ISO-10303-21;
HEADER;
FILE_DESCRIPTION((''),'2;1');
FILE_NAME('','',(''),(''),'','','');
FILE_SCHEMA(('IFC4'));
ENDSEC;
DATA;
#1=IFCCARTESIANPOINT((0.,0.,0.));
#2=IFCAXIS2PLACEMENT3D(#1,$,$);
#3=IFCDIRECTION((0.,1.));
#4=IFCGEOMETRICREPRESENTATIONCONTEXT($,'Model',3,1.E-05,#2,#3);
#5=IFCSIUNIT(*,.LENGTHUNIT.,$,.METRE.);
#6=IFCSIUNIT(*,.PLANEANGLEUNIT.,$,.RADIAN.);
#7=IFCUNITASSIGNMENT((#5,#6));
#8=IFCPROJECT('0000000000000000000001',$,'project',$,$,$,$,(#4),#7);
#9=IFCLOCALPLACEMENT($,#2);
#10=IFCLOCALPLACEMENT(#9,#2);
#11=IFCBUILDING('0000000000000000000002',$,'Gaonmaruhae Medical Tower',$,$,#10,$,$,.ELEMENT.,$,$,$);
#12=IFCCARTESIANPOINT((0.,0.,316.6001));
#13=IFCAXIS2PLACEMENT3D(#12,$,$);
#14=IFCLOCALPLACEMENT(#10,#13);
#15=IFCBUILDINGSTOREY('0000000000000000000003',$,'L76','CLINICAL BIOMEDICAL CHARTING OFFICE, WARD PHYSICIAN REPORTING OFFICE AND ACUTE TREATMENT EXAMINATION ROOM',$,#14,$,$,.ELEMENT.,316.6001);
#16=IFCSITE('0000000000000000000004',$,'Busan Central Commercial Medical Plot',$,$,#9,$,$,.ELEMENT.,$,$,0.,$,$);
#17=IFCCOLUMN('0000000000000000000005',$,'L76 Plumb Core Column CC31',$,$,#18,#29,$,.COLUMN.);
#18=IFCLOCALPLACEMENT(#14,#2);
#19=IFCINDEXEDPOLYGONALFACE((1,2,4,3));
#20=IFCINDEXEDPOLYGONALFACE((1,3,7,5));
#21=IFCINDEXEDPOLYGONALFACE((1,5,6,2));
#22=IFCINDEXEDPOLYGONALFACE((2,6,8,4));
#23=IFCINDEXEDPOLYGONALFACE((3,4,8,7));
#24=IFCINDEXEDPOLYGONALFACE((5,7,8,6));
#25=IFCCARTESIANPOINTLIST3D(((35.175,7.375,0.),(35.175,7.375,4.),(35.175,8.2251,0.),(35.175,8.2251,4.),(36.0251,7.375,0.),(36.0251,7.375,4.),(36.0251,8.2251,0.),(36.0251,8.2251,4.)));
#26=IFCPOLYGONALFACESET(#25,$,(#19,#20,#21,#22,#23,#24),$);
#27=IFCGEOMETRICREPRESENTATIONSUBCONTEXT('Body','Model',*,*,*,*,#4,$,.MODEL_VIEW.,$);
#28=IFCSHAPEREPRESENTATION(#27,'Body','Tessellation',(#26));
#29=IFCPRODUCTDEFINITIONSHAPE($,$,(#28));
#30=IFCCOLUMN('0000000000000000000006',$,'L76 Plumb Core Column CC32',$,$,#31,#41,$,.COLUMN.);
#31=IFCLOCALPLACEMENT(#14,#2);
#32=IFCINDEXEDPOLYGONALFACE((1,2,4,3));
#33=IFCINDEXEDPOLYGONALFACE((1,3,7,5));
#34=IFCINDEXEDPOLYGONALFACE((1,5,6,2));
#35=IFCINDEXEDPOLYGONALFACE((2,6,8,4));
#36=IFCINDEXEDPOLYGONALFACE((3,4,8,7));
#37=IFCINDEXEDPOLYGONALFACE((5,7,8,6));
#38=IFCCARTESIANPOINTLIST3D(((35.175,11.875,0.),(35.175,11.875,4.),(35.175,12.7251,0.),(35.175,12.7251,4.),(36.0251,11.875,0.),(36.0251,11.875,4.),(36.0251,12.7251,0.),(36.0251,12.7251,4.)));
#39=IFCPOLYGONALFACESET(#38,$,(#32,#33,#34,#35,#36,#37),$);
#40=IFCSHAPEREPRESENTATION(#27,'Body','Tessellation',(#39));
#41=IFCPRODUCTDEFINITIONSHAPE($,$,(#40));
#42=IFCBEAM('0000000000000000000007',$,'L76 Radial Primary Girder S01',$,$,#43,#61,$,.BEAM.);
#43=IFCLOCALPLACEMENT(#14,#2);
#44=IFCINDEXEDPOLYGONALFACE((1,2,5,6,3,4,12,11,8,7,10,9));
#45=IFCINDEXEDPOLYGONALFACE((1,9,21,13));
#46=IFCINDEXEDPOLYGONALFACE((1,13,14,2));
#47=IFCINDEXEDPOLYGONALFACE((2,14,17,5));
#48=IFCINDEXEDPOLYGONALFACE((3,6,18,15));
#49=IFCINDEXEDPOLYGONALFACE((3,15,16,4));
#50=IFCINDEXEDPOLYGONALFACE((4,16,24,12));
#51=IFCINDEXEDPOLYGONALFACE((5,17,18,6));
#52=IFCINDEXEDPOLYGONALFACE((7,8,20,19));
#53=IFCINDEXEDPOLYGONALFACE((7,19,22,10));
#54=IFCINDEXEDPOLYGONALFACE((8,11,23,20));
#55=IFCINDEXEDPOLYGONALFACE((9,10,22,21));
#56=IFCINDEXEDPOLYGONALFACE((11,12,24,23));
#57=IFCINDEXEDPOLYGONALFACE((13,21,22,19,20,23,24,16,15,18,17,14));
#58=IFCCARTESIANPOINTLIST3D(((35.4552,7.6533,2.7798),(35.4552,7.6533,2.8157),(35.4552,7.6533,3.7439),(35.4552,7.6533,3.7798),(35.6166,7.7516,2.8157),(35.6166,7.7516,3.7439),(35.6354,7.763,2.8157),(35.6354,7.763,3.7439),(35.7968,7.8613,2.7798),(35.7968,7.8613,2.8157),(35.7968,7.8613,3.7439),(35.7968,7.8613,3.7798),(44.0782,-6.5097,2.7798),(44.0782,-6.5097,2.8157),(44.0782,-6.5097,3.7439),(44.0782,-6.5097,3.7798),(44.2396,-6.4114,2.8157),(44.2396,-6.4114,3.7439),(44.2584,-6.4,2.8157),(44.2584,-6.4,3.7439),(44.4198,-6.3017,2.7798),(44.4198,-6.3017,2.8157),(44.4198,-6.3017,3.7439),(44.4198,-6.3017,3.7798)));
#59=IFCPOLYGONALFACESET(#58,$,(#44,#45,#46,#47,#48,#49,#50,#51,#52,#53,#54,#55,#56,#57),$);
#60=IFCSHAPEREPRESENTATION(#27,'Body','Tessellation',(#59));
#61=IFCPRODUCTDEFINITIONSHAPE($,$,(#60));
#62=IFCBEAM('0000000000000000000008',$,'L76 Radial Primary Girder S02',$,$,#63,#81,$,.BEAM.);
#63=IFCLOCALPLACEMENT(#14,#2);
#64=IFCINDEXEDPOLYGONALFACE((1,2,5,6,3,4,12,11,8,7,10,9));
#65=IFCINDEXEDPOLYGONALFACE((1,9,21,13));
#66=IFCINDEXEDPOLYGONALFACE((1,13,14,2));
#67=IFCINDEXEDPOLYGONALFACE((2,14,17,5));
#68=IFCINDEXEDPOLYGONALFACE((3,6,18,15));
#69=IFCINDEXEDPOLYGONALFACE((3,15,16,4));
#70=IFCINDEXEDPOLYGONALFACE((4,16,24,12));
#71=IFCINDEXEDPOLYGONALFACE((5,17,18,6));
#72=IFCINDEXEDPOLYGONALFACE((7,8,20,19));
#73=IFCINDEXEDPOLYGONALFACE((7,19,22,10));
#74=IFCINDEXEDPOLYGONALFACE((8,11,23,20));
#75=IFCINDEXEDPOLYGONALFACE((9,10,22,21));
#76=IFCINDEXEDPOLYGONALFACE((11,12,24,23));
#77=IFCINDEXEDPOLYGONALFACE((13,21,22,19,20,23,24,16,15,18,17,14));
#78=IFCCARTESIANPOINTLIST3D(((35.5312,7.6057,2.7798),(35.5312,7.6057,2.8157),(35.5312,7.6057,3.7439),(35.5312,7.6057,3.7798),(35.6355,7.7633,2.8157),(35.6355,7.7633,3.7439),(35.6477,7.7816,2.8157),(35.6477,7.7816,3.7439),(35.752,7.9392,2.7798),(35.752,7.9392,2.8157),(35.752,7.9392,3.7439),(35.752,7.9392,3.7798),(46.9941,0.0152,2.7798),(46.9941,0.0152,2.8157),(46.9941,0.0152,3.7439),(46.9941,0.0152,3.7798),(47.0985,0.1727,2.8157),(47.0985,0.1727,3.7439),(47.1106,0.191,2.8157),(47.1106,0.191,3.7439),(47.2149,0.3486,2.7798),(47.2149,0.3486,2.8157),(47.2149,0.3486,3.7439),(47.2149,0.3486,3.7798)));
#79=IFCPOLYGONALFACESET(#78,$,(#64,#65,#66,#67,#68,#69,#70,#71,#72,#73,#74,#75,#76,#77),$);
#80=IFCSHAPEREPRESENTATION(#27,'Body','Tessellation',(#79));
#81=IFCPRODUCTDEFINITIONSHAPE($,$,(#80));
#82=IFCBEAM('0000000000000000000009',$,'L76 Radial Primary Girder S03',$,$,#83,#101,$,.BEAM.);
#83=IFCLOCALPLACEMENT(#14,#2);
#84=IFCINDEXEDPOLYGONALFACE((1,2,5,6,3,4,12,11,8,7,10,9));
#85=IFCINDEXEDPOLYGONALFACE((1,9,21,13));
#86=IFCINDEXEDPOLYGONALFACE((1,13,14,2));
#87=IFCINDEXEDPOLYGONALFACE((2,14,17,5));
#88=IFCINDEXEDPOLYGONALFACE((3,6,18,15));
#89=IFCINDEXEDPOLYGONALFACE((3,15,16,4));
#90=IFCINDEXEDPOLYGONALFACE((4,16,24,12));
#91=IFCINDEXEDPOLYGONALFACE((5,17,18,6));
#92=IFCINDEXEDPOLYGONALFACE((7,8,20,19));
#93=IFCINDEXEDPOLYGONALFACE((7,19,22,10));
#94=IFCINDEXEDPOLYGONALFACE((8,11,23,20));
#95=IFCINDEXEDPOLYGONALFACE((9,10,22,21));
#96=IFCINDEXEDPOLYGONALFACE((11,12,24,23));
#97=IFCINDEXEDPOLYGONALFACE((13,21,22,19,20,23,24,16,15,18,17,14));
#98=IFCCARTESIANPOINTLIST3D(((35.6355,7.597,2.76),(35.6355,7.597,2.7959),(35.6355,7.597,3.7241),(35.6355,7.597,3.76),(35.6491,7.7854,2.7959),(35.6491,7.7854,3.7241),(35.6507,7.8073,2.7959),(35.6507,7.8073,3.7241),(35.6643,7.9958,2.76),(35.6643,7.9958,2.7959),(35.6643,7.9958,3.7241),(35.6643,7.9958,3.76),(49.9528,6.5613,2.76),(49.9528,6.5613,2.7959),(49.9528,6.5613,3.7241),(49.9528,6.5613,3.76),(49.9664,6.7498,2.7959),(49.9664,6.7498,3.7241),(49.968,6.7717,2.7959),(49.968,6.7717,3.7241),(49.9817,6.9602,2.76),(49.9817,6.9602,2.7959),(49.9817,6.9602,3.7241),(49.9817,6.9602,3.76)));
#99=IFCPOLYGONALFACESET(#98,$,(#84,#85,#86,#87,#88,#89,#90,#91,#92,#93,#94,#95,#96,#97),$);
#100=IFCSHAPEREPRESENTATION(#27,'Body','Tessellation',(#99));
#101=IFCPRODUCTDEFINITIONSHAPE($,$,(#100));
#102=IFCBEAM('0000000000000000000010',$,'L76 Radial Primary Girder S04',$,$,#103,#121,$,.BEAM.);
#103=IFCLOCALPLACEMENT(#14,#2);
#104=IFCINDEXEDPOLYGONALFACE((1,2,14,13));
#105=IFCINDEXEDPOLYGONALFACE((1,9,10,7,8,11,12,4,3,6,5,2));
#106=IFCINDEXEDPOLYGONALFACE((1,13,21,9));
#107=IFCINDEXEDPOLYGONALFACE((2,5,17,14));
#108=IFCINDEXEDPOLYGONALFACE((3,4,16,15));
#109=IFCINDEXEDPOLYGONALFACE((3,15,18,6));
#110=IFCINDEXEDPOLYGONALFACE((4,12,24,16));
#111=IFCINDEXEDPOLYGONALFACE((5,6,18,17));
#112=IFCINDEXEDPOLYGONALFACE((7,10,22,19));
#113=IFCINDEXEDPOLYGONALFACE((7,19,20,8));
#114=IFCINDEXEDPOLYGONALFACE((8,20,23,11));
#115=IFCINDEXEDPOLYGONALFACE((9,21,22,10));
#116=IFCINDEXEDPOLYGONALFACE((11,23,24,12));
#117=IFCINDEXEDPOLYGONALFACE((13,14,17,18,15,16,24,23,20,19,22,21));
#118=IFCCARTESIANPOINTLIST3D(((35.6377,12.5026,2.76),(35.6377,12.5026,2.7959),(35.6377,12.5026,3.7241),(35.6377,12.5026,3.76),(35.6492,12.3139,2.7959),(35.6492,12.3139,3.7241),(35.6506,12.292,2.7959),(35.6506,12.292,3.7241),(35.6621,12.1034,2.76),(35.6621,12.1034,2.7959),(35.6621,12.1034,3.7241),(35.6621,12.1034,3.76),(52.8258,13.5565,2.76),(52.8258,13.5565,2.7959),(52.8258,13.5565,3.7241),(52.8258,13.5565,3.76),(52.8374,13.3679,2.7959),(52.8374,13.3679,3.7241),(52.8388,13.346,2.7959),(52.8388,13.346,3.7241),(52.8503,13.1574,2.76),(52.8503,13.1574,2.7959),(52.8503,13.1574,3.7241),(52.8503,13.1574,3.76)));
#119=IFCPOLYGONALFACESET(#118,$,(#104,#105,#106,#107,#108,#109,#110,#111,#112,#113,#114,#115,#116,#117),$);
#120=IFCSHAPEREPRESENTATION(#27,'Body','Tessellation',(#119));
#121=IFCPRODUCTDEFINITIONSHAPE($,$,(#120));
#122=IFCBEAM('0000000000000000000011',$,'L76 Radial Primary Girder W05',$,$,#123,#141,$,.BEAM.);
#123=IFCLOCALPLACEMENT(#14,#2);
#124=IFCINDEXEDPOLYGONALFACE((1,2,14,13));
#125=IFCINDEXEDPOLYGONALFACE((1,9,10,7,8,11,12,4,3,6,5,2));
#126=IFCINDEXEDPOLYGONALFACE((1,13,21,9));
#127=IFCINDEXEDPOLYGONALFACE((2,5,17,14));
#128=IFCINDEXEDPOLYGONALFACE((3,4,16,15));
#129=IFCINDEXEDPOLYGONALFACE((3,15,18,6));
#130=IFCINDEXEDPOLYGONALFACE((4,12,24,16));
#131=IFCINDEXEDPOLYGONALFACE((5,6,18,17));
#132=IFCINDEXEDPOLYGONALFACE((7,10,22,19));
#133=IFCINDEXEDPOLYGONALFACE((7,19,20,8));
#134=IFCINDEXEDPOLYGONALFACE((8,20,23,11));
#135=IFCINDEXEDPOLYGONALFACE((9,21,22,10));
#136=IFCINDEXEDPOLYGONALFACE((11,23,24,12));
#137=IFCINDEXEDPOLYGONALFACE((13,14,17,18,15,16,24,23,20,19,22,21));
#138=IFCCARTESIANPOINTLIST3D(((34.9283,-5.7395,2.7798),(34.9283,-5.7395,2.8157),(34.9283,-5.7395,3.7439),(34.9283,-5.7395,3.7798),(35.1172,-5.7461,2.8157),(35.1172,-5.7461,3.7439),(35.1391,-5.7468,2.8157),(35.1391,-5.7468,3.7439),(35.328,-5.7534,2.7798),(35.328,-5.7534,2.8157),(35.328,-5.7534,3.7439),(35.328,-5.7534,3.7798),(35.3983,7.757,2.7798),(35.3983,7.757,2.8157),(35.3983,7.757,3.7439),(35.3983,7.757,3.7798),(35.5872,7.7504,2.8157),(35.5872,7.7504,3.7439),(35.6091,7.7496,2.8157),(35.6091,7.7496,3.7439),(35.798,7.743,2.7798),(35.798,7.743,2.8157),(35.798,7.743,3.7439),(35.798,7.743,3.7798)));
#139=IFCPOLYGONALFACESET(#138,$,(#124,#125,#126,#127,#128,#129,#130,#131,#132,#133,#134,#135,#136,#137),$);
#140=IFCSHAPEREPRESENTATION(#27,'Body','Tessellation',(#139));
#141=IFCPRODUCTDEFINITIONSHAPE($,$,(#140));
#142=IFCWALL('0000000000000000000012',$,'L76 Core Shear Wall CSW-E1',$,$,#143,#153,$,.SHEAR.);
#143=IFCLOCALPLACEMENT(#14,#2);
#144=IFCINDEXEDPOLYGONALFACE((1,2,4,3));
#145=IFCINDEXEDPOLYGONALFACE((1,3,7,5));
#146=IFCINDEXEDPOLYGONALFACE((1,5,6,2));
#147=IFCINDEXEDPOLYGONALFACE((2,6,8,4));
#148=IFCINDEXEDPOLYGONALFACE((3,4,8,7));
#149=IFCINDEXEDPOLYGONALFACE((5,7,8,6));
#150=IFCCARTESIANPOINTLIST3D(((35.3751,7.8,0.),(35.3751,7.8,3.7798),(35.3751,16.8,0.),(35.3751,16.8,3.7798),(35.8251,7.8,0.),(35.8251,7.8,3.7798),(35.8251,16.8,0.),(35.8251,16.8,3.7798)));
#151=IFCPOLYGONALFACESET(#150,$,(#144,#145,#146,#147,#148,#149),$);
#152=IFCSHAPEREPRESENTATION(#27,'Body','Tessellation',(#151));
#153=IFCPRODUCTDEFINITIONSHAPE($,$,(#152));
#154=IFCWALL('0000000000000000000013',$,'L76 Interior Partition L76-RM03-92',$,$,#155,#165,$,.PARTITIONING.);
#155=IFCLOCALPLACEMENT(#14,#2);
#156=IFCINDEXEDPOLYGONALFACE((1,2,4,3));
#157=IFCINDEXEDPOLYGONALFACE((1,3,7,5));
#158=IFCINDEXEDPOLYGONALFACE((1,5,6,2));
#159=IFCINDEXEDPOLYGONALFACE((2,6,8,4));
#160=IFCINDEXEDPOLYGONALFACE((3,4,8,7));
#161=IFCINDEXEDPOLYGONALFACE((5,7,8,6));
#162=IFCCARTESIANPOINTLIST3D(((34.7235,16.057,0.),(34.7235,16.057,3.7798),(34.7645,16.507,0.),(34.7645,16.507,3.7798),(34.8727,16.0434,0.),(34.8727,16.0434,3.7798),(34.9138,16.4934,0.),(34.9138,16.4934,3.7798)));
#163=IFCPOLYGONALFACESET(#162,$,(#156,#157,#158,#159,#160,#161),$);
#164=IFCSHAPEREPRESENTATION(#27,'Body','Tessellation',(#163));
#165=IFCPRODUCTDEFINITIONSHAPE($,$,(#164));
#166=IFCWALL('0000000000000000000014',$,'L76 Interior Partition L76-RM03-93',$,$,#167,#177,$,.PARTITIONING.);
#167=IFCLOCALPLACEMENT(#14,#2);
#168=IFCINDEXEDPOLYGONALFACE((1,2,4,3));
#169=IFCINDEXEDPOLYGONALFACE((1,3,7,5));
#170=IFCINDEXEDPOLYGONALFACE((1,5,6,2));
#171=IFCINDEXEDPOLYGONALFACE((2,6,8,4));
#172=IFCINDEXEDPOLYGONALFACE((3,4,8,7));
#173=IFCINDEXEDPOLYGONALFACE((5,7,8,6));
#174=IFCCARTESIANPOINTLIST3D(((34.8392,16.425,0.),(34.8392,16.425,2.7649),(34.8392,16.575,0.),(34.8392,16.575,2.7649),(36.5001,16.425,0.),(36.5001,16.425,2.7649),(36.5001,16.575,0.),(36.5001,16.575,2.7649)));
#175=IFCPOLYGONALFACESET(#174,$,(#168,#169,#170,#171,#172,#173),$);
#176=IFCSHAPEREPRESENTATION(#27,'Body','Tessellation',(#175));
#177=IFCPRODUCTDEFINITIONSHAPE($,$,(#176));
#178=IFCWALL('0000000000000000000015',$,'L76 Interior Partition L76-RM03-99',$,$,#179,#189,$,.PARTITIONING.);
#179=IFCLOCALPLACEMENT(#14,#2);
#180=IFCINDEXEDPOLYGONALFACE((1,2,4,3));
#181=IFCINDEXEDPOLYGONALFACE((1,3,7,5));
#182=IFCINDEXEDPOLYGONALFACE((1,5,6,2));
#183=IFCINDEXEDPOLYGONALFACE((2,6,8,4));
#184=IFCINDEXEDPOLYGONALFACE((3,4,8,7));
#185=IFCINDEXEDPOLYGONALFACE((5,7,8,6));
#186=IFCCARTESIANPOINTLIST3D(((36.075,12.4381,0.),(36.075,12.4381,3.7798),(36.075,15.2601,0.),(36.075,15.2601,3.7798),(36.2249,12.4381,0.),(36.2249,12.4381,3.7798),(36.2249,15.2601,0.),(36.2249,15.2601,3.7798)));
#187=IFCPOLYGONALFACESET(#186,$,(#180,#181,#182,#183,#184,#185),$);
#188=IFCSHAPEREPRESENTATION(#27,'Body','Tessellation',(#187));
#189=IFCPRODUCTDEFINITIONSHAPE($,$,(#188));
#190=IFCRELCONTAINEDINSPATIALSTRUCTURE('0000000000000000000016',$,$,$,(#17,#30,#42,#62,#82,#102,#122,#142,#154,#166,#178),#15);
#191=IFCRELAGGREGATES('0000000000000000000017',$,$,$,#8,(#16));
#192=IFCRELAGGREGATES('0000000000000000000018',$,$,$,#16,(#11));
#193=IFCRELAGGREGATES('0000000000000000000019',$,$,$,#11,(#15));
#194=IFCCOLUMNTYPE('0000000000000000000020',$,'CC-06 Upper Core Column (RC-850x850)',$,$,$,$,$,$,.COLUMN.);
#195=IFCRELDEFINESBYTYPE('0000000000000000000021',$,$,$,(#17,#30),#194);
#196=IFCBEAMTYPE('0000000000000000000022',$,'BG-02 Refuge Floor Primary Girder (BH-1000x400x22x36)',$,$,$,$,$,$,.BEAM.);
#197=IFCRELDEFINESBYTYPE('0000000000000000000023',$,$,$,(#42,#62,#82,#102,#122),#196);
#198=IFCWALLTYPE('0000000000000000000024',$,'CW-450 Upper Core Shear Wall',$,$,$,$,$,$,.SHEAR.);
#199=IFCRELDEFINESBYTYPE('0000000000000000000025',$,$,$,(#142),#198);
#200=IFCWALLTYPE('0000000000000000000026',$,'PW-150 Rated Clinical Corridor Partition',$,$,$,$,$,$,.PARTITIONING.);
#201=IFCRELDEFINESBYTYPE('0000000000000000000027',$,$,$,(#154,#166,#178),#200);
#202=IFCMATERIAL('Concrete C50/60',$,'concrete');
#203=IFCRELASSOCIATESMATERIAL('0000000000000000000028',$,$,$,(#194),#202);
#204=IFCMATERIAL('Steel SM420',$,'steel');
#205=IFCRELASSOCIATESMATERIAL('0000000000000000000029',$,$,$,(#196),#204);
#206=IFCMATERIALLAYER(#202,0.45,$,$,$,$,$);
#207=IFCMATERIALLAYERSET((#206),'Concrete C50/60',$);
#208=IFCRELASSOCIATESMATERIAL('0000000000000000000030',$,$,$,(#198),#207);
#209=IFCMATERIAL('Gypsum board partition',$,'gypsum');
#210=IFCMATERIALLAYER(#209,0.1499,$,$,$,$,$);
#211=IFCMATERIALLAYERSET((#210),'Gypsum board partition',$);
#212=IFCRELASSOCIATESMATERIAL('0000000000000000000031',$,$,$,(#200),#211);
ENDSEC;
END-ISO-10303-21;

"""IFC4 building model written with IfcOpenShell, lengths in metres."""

from ifc_helpers import new_model, si_unit, direction, frame, frame_2d, origin, origin_2d, place, context, subcontext, project, spatial, rectangle, i_section, extrude, material, layer, layer_set, material_profile, profile_set, type_object, element, save


model = new_model("IFC4")

# Units and contexts
model_context = context("Model", 3, precision=1e-05, world=origin(), true_north=direction((0.0, 1.0)))
body_context = subcontext(model_context, "Body", "Model", "MODEL_VIEW")
ifc_project = project(units=[si_unit("LENGTHUNIT", "METRE"), si_unit("PLANEANGLEUNIT", "RADIAN")], contexts=[model_context])

# Site, building, storey
site_placement = place(None, origin())
site = spatial("IfcSite", under=ifc_project, at=site_placement, Name="Busan Central Commercial Medical Plot", CompositionType="ELEMENT", RefElevation=0.0)
building_placement = place(site_placement, origin())
building = spatial("IfcBuilding", under=site, at=building_placement, Name="Gaonmaruhae Medical Tower", CompositionType="ELEMENT")
storey_placement = place(building_placement, frame((0.0, 0.0, 316.6001)))
storey = spatial("IfcBuildingStorey", under=building, at=storey_placement, Name="L76", Description="CLINICAL BIOMEDICAL CHARTING OFFICE, WARD PHYSICIAN REPORTING OFFICE AND ACUTE TREATMENT EXAMINATION ROOM", CompositionType="ELEMENT", Elevation=316.6001)

# Columns
ifc_material_1 = material(Name="Concrete C50/60", Category="concrete")
ifc_material_profile_1 = material_profile(ifc_material_1, rectangle(XDim=0.8501, YDim=0.8501, at=origin_2d()), Name="RC-850x850")
ifc_profile_set_1 = profile_set([ifc_material_profile_1], Name="Concrete C50/60")
column_type = type_object("IfcColumnType", Name="CC-06 Upper Core Column (RC-850x850)", PredefinedType="COLUMN", material=ifc_profile_set_1)
for number, where, z_axis, x_axis, name in (
    (1, (35.6001, 7.8, 0.0), (0.0, 0.0, 1.0), (1.0, 0.0, 0.0), "L76 Plumb Core Column CC31"),
    (2, (35.6001, 12.3, 0.0), (0.0, 0.0, 1.0), (1.0, 0.0, 0.0), "L76 Plumb Core Column CC32"),
):
    element("IfcColumn", number, at=place(storey_placement, frame(where, z_axis=z_axis, x_axis=x_axis)), inside=storey, type_object=column_type, Name=name, PredefinedType="COLUMN", context=body_context, shape_type="SweptSolid", body=[
        extrude(rectangle(XDim=0.8501, YDim=0.8501, at=origin_2d()), origin(), (0.0, 0.0, 1.0), 4.0),
    ])

# Beams
ifc_material_2 = material(Name="Steel SM420", Category="steel")
ifc_material_profile_2 = material_profile(ifc_material_2, i_section(OverallWidth=0.3999, OverallDepth=1.0, WebThickness=0.022, FlangeThickness=0.0359, at=origin_2d()), Name="BH-1000x400x22x36")
ifc_profile_set_2 = profile_set([ifc_material_profile_2], Name="Steel SM420")
beam_type = type_object("IfcBeamType", Name="BG-02 Refuge Floor Primary Girder (BH-1000x400x22x36)", PredefinedType="BEAM", material=ifc_profile_set_2)
beam_1_placement = place(storey_placement, frame((35.626, 7.7573, 3.2798), z_axis=(0.520037, -0.854144, 0.0), x_axis=(0.854144, 0.520037, 0.0)))
element("IfcBeam", 3, at=beam_1_placement, inside=storey, type_object=beam_type, Name="L76 Radial Primary Girder S01", PredefinedType="BEAM", context=body_context, shape_type="SweptSolid", body=[
    extrude(i_section(OverallWidth=0.3999, OverallDepth=1.0, WebThickness=0.022, FlangeThickness=0.0359, at=origin_2d()), origin(), (0.0, 0.0, 1.0), 16.5815),
])
beam_2_placement = place(storey_placement, frame((35.6416, 7.7725, 3.2798), z_axis=(0.83377, -0.552112, 0.0), x_axis=(0.552112, 0.83377, 0.0)))
element("IfcBeam", 4, at=beam_2_placement, inside=storey, type_object=beam_type, Name="L76 Radial Primary Girder S02", PredefinedType="BEAM", context=body_context, shape_type="SweptSolid", body=[
    extrude(i_section(OverallWidth=0.3999, OverallDepth=1.0, WebThickness=0.022, FlangeThickness=0.0359, at=origin_2d()), origin(), (0.0, 0.0, 1.0), 13.7483),
])
beam_3_placement = place(storey_placement, frame((35.6499, 7.7964, 3.26), z_axis=(0.997394, -0.072146, 0.0), x_axis=(0.072146, 0.997394, 0.0)))
element("IfcBeam", 5, at=beam_3_placement, inside=storey, type_object=beam_type, Name="L76 Radial Primary Girder S03", PredefinedType="BEAM", context=body_context, shape_type="SweptSolid", body=[
    extrude(i_section(OverallWidth=0.3999, OverallDepth=1.0, WebThickness=0.022, FlangeThickness=0.0359, at=origin_2d()), origin(), (0.0, 0.0, 1.0), 14.3547),
])
beam_4_placement = place(storey_placement, frame((35.6499, 12.303, 3.26), z_axis=(0.998125, 0.061203, 0.0), x_axis=(-0.061203, 0.998125, 0.0)))
element("IfcBeam", 6, at=beam_4_placement, inside=storey, type_object=beam_type, Name="L76 Radial Primary Girder S04", PredefinedType="BEAM", context=body_context, shape_type="SweptSolid", body=[
    extrude(i_section(OverallWidth=0.3999, OverallDepth=1.0, WebThickness=0.022, FlangeThickness=0.0359, at=origin_2d()), origin(), (0.0, 0.0, 1.0), 17.2205),
])
beam_5_placement = place(storey_placement, frame((35.5981, 7.75, 3.2798), z_axis=(-0.034801, -0.999394, 0.0), x_axis=(0.999394, -0.034801, 0.0)))
element("IfcBeam", 7, at=beam_5_placement, inside=storey, type_object=beam_type, Name="L76 Radial Primary Girder W05", PredefinedType="BEAM", context=body_context, shape_type="SweptSolid", body=[
    extrude(i_section(OverallWidth=0.3999, OverallDepth=1.0, WebThickness=0.022, FlangeThickness=0.0359, at=origin_2d()), origin(), (0.0, 0.0, 1.0), 13.5046),
])

# Walls
ifc_layer_1 = layer(ifc_material_1, 0.45)
ifc_layer_set_1 = layer_set([ifc_layer_1], Name="Concrete C50/60")
wall_type_1 = type_object("IfcWallType", Name="CW-450 Upper Core Shear Wall", PredefinedType="SHEAR", material=ifc_layer_set_1)
wall_1_placement = place(storey_placement, frame((35.6001, 7.8, 0.0), z_axis=(0.0, 0.0, 1.0), x_axis=(0.0, 1.0, 0.0)))
element("IfcWall", 8, at=wall_1_placement, inside=storey, type_object=wall_type_1, Name="L76 Core Shear Wall CSW-E1", PredefinedType="SHEAR", context=body_context, shape_type="SweptSolid", body=[
    extrude(rectangle(XDim=9.0, YDim=0.45, at=frame_2d((4.5, 0.0))), origin(), (0.0, 0.0, 1.0), 3.7798),
])
ifc_material_3 = material(Name="Gypsum board partition", Category="gypsum")
ifc_layer_2 = layer(ifc_material_3, 0.1499)
ifc_layer_set_2 = layer_set([ifc_layer_2], Name="Gypsum board partition")
wall_type_2 = type_object("IfcWallType", Name="PW-150 Rated Clinical Corridor Partition", PredefinedType="PARTITIONING", material=ifc_layer_set_2)
wall_2_placement = place(storey_placement, frame((34.7981, 16.05, 0.0), z_axis=(0.0, 0.0, 1.0), x_axis=(0.090779, 0.995871, 0.0)))
element("IfcWall", 9, at=wall_2_placement, inside=storey, type_object=wall_type_2, Name="L76 Interior Partition L76-RM03-92", PredefinedType="PARTITIONING", context=body_context, shape_type="SweptSolid", body=[
    extrude(rectangle(XDim=0.4519, YDim=0.1499, at=frame_2d((0.2261, 0.0))), origin(), (0.0, 0.0, 1.0), 3.7798),
])
wall_3_placement = place(storey_placement, frame((34.8391, 16.5, 0.0), z_axis=(0.0, 0.0, 1.0), x_axis=(1.0, 0.0, 0.0)))
element("IfcWall", 10, at=wall_3_placement, inside=storey, type_object=wall_type_2, Name="L76 Interior Partition L76-RM03-93", PredefinedType="PARTITIONING", context=body_context, shape_type="SweptSolid", body=[
    extrude(rectangle(XDim=1.6609, YDim=0.1499, at=frame_2d((0.8306, 0.0))), origin(), (0.0, 0.0, 1.0), 2.7649),
])
wall_4_placement = place(storey_placement, frame((36.1499, 12.438, 0.0), z_axis=(0.0, 0.0, 1.0), x_axis=(0.0, 1.0, 0.0)))
element("IfcWall", 11, at=wall_4_placement, inside=storey, type_object=wall_type_2, Name="L76 Interior Partition L76-RM03-99", PredefinedType="PARTITIONING", context=body_context, shape_type="SweptSolid", body=[
    extrude(rectangle(XDim=2.822, YDim=0.1499, at=frame_2d((1.4111, 0.0))), origin(), (0.0, 0.0, 1.0), 3.7798),
])

save(model, "model.ifc")
